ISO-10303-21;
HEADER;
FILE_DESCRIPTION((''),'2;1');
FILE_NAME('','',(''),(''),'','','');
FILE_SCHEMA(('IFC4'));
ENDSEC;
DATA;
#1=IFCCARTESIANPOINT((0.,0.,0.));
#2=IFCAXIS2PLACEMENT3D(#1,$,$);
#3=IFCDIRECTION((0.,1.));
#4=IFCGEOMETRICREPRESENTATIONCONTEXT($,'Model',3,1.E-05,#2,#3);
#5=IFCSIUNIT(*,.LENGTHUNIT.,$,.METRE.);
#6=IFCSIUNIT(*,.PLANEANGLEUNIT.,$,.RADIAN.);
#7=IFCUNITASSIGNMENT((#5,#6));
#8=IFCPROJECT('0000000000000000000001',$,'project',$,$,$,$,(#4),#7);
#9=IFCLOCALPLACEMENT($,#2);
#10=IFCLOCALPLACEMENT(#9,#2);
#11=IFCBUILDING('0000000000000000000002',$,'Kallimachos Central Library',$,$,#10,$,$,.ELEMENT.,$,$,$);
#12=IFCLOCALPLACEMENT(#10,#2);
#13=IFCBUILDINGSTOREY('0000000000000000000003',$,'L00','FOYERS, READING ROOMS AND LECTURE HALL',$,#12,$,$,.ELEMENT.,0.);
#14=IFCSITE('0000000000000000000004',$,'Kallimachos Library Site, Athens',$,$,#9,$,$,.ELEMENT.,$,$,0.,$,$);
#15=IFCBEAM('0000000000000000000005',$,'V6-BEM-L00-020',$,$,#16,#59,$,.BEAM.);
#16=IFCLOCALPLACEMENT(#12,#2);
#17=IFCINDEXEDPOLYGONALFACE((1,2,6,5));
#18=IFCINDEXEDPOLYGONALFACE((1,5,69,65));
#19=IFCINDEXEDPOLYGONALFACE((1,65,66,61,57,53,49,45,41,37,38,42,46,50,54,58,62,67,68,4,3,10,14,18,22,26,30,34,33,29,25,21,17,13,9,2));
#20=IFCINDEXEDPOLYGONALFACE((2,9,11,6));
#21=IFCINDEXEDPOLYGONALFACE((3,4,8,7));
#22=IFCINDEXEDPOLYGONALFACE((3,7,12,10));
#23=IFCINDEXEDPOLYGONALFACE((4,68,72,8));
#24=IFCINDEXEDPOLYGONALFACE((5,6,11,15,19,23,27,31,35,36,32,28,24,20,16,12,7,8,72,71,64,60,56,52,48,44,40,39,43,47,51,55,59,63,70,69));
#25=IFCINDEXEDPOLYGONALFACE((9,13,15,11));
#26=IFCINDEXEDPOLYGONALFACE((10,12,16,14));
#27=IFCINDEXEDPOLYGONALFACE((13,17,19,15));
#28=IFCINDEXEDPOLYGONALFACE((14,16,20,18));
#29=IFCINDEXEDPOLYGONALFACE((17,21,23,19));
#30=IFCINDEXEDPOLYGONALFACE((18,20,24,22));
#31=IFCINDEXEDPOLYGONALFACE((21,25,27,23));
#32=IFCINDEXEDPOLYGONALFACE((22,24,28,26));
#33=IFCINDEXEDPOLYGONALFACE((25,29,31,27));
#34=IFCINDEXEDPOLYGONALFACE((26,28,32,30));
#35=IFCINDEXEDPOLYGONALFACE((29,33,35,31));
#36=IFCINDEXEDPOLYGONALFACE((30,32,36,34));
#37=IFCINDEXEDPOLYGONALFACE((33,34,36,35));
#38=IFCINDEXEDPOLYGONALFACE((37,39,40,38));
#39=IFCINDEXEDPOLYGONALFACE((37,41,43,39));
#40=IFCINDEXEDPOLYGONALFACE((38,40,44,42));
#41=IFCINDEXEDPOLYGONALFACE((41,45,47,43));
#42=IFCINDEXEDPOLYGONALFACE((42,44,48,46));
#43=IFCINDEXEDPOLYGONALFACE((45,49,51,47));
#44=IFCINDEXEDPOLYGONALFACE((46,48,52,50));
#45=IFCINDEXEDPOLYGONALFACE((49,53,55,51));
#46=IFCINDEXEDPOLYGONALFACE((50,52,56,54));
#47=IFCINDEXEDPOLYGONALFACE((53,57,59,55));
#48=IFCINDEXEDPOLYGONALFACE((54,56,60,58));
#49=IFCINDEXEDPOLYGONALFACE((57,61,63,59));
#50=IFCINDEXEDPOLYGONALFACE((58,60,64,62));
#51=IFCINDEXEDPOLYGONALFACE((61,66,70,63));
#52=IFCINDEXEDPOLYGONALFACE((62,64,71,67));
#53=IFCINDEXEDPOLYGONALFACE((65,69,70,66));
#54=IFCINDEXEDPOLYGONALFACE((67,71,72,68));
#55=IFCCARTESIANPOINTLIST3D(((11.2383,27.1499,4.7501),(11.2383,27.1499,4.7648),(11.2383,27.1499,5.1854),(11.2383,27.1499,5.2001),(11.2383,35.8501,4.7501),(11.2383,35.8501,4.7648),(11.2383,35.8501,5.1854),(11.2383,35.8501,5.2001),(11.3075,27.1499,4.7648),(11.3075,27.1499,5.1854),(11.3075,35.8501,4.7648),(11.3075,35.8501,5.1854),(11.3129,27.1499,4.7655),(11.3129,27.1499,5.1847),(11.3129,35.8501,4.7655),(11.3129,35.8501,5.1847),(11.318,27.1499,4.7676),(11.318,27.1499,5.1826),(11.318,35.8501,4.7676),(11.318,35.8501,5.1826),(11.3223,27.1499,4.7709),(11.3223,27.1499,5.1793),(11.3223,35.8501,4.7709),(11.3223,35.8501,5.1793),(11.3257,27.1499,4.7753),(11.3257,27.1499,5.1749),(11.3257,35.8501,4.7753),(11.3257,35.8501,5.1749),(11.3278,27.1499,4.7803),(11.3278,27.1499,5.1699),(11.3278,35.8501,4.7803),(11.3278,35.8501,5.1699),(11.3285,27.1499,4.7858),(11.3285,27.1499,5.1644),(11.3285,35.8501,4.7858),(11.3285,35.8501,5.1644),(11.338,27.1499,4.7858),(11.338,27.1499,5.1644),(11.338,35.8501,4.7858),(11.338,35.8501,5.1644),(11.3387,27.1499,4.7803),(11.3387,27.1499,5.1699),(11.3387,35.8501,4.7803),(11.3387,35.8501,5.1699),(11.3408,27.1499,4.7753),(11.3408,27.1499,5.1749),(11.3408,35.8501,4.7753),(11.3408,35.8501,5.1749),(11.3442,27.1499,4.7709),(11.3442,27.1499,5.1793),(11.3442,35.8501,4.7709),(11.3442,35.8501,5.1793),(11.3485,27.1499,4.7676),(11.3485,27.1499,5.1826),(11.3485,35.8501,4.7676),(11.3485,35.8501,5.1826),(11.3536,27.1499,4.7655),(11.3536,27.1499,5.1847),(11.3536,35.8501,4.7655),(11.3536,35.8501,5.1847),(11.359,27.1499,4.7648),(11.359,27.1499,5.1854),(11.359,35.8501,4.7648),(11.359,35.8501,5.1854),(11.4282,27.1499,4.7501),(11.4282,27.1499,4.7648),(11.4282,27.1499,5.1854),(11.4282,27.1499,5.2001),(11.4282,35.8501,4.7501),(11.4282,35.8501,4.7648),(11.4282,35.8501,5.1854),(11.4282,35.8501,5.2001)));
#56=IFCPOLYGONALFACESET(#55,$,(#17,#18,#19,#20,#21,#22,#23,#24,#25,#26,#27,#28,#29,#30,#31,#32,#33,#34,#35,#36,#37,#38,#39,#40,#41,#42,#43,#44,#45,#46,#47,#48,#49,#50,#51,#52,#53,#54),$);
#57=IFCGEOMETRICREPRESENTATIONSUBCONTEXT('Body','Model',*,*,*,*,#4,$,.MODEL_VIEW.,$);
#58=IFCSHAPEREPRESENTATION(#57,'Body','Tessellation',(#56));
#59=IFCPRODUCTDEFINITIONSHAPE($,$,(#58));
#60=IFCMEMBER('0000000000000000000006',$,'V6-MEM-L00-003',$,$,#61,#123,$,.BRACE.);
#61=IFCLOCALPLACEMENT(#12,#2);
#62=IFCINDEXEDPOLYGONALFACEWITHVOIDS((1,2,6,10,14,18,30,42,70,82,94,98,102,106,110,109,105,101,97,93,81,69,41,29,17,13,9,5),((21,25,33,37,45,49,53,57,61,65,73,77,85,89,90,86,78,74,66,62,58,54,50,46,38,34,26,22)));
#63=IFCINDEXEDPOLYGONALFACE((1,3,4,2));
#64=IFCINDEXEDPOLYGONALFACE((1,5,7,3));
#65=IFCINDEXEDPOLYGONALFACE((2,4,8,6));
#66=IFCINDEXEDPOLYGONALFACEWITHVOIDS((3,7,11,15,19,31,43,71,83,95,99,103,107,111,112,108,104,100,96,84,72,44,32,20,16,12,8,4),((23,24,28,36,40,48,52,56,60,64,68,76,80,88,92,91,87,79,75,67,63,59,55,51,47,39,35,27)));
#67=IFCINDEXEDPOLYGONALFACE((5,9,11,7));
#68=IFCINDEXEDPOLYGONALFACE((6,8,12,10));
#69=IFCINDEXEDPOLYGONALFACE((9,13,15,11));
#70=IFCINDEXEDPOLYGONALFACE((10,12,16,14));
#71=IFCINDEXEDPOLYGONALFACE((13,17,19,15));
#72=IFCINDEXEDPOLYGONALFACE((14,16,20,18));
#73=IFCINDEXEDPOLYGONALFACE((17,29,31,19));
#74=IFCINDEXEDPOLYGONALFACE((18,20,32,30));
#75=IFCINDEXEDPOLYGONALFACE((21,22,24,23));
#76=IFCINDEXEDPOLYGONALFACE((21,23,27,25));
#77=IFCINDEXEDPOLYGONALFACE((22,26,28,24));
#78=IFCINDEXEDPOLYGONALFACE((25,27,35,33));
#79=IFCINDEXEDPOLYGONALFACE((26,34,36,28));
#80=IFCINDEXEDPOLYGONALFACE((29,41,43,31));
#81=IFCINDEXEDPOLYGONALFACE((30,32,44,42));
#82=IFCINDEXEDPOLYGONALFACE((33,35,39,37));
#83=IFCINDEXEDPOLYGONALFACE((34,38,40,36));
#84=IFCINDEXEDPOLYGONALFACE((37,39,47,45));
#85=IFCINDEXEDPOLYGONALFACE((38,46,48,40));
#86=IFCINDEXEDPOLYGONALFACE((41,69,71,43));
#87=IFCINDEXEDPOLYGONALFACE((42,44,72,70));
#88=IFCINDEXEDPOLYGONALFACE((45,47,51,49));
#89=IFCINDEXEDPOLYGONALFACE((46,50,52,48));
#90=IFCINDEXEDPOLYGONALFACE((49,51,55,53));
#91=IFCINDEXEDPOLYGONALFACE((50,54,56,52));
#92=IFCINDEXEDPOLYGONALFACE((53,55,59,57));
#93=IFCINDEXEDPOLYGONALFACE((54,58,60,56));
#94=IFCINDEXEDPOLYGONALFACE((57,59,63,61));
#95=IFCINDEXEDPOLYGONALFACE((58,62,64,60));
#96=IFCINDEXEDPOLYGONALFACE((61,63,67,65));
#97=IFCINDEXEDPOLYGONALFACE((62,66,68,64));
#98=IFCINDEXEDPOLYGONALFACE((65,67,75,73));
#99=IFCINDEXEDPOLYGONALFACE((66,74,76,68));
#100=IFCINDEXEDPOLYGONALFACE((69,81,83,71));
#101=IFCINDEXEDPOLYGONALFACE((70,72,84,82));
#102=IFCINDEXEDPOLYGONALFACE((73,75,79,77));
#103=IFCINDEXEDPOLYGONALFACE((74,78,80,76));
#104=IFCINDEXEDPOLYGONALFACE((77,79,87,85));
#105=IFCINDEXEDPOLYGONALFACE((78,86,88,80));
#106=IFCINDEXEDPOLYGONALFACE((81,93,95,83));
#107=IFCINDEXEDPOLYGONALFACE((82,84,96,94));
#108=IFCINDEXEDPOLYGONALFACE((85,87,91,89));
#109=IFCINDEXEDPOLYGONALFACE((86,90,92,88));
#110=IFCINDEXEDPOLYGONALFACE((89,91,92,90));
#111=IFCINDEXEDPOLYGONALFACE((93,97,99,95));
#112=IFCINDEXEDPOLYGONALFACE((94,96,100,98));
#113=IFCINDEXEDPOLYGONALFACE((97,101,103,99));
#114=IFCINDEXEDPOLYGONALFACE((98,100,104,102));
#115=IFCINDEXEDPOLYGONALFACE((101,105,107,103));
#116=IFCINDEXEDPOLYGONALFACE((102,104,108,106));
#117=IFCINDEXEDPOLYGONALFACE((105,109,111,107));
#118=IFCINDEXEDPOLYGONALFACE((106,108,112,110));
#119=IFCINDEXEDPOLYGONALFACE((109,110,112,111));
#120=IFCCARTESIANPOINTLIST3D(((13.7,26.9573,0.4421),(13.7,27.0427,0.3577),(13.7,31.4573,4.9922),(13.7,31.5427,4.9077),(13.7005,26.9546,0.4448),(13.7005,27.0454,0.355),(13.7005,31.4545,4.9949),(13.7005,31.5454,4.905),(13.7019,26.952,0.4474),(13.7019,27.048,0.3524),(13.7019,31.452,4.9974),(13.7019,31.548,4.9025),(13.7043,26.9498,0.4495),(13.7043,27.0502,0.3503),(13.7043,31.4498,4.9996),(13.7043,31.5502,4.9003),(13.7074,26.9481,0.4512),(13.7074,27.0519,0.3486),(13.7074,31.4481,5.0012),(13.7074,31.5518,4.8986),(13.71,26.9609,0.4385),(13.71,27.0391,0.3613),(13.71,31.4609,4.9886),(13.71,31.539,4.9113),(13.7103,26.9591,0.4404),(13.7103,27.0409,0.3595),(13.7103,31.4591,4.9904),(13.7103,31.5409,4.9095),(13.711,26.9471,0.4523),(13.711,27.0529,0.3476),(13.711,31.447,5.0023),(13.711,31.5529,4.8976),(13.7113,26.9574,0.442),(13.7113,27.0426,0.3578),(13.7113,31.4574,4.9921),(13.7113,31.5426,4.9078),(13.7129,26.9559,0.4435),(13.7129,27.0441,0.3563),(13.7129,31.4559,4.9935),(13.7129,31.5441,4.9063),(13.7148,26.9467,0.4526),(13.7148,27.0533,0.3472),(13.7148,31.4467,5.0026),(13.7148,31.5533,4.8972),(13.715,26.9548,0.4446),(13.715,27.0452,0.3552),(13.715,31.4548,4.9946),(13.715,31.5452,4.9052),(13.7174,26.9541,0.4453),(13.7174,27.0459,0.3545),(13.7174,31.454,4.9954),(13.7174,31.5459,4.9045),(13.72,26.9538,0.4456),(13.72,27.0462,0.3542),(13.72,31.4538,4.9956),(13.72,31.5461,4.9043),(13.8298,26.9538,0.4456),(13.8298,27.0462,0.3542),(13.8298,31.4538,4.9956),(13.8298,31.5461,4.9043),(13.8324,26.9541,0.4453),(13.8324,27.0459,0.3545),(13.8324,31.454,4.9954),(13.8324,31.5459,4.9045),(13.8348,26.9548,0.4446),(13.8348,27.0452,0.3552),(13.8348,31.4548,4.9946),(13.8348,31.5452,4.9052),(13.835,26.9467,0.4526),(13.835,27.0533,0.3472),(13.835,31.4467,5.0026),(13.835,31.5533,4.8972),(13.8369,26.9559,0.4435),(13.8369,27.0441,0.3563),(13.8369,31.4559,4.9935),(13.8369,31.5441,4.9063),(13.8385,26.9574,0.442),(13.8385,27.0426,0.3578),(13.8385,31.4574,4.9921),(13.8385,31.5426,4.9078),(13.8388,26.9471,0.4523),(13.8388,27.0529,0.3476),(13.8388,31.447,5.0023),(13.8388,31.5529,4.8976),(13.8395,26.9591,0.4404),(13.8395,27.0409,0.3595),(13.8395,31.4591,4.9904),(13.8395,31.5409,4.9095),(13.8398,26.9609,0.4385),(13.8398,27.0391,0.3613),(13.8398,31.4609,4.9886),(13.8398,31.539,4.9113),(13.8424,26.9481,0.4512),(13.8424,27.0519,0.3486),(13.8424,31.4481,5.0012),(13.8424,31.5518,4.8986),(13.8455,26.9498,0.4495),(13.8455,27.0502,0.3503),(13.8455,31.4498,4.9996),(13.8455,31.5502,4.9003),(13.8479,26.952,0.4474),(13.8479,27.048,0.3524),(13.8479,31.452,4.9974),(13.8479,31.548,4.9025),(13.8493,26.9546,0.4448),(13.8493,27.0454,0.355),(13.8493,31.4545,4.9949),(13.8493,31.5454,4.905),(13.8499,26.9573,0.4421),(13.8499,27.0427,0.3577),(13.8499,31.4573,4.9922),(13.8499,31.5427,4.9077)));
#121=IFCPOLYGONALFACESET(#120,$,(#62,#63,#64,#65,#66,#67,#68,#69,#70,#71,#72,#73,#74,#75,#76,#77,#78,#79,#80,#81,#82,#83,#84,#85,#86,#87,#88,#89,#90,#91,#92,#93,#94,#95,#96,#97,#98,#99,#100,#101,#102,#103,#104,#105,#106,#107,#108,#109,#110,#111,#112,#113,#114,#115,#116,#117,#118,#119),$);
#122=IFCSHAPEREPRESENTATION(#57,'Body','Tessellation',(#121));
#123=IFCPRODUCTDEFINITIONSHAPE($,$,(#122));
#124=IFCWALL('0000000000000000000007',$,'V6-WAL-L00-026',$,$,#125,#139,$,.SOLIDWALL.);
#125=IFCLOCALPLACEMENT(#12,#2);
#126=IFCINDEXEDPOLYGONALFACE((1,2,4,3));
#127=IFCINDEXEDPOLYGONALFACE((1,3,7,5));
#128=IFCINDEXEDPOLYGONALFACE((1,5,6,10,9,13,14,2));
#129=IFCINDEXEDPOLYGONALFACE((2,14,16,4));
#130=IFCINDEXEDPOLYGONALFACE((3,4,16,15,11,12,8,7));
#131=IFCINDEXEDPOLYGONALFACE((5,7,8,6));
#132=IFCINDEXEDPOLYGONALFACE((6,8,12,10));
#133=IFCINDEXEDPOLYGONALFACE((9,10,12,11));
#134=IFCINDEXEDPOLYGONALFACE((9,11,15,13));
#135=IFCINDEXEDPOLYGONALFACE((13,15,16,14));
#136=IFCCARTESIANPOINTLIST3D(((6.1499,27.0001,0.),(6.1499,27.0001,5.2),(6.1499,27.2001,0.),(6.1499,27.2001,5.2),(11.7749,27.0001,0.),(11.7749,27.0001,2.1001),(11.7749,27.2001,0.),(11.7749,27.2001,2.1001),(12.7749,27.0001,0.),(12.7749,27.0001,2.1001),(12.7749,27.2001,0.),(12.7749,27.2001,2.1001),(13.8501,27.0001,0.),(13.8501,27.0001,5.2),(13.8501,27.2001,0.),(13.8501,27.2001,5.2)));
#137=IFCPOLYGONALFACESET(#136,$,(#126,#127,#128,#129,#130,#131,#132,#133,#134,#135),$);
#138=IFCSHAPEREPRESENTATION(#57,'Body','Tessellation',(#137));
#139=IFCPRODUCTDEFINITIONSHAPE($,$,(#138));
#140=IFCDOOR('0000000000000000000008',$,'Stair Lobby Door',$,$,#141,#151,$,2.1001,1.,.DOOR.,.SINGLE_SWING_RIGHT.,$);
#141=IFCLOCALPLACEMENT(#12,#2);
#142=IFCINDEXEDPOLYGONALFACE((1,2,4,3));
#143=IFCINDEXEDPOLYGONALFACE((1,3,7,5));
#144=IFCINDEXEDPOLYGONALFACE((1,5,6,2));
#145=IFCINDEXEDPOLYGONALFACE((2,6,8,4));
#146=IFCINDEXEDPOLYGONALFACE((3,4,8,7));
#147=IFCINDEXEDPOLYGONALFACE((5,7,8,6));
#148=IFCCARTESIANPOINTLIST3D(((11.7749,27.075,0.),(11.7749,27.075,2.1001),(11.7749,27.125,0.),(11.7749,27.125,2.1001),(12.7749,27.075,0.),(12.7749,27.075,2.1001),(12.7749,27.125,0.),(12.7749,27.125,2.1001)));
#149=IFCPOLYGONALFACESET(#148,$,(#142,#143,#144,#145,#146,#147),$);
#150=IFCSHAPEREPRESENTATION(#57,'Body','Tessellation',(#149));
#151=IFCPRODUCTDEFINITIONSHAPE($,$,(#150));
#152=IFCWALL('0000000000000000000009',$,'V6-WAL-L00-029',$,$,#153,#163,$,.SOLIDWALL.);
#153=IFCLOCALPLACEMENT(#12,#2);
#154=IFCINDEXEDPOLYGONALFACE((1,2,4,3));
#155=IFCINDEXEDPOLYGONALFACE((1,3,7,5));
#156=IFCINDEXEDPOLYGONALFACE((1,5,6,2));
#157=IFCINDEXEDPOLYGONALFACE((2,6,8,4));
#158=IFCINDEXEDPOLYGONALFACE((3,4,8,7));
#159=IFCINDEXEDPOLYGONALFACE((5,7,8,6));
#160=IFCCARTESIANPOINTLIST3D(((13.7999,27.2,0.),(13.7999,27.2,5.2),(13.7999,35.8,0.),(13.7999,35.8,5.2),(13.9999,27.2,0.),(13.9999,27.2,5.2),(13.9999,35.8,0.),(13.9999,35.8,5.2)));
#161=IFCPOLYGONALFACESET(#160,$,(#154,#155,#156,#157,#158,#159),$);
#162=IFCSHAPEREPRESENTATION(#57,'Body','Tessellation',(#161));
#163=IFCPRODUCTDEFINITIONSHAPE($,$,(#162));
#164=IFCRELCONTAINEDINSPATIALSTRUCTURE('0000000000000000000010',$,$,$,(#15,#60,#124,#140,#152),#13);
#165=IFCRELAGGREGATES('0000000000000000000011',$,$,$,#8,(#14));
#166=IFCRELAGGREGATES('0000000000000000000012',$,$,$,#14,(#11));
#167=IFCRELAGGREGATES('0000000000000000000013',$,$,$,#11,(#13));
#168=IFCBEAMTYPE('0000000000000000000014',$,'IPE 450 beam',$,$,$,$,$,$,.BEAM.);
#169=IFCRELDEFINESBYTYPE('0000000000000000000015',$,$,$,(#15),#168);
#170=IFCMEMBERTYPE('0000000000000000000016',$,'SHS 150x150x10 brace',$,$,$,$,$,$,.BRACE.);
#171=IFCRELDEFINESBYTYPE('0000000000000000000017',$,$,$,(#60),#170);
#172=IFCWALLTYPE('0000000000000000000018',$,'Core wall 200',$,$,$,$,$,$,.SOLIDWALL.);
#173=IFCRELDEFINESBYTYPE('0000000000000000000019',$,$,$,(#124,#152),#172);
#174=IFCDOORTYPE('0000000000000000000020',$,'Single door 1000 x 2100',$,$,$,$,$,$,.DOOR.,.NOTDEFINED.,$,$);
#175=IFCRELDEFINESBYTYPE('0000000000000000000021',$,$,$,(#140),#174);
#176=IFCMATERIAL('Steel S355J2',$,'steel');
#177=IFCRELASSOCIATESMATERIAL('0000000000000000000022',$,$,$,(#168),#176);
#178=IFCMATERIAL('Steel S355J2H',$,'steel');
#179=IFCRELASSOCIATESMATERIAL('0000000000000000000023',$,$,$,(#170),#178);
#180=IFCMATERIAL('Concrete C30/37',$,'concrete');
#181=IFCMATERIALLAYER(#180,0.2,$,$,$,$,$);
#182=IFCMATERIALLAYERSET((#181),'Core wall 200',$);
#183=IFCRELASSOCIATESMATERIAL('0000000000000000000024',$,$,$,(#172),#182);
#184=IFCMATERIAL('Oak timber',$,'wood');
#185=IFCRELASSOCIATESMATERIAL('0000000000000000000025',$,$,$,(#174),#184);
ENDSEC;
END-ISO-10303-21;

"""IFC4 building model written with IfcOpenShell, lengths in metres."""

from ifc_helpers import new_model, si_unit, direction, frame, frame_2d, origin, origin_2d, place, context, subcontext, project, spatial, rectangle, hollow_rectangle, i_section, extrude, material, layer, layer_set, material_profile, profile_set, type_object, element, fill, save


model = new_model("IFC4")

# Units and contexts
model_context = context("Model", 3, precision=1e-05, world=origin(), true_north=direction((0.0, 1.0)))
body_context = subcontext(model_context, "Body", "Model", "MODEL_VIEW")
ifc_project = project(units=[si_unit("LENGTHUNIT", "METRE"), si_unit("PLANEANGLEUNIT", "RADIAN")], contexts=[model_context])

# Site, building, storey
site_placement = place(None, origin())
site = spatial("IfcSite", under=ifc_project, at=site_placement, Name="Kallimachos Library Site, Athens", CompositionType="ELEMENT", RefElevation=0.0)
building_placement = place(site_placement, origin())
building = spatial("IfcBuilding", under=site, at=building_placement, Name="Kallimachos Central Library", CompositionType="ELEMENT")
storey_placement = place(building_placement, origin())
storey = spatial("IfcBuildingStorey", under=building, at=storey_placement, Name="L00", Description="FOYERS, READING ROOMS AND LECTURE HALL", CompositionType="ELEMENT", Elevation=0.0)

# Beam
ifc_material_1 = material(Name="Steel S355J2", Category="steel")
ifc_material_profile_1 = material_profile(ifc_material_1, i_section(OverallWidth=0.1899, OverallDepth=0.45, WebThickness=0.0095, FlangeThickness=0.0146, FilletRadius=0.021, at=origin_2d()), Name="IPE 450")
ifc_profile_set_1 = profile_set([ifc_material_profile_1], Name="Steel S355J2")
beam_type_1 = type_object("IfcBeamType", Name="IPE 450 beam", PredefinedType="BEAM", material=ifc_profile_set_1)
beam_1_placement = place(storey_placement, frame((11.3333, 27.1499, 4.9751), z_axis=(0.0, 1.0, 0.0), x_axis=(-1.0, 0.0, 0.0)))
element("IfcBeam", 1, at=beam_1_placement, inside=storey, type_object=beam_type_1, Name="V6-BEM-L00-020", PredefinedType="BEAM", context=body_context, shape_type="SweptSolid", body=[
    extrude(i_section(OverallWidth=0.1899, OverallDepth=0.45, WebThickness=0.0095, FlangeThickness=0.0146, FilletRadius=0.021, at=origin_2d()), origin(), (0.0, 0.0, 1.0), 8.7002),
])

# Member
ifc_material_2 = material(Name="Steel S355J2H", Category="steel")
ifc_material_profile_2 = material_profile(ifc_material_2, hollow_rectangle(XDim=0.1499, YDim=0.1499, WallThickness=0.01, InnerFilletRadius=0.01, OuterFilletRadius=0.0149, at=origin_2d()), Name="SHS 150x150x10")
ifc_profile_set_2 = profile_set([ifc_material_profile_2], Name="Steel S355J2H")
member_type = type_object("IfcMemberType", Name="SHS 150x150x10 brace", PredefinedType="BRACE", material=ifc_profile_set_2)
member_placement = place(storey_placement, frame((13.7749, 27.0, 0.3999), z_axis=(0.0, 0.703186, 0.711006), x_axis=(-1.0, 0.0, 0.0)))
element("IfcMember", 2, at=member_placement, inside=storey, type_object=member_type, Name="V6-MEM-L00-003", PredefinedType="BRACE", context=body_context, shape_type="SweptSolid", body=[
    extrude(hollow_rectangle(XDim=0.1499, YDim=0.1499, WallThickness=0.01, InnerFilletRadius=0.01, OuterFilletRadius=0.0149, at=origin_2d()), origin(), (0.0, 0.0, 1.0), 6.3994),
])

# Wall, opening, door
ifc_material_3 = material(Name="Concrete C30/37", Category="concrete")
ifc_layer_1 = layer(ifc_material_3, 0.2)
ifc_layer_set_1 = layer_set([ifc_layer_1], Name="Core wall 200")
wall_type_1 = type_object("IfcWallType", Name="Core wall 200", PredefinedType="SOLIDWALL", material=ifc_layer_set_1)
wall_1_placement = place(storey_placement, frame((6.1499, 27.1001, 0.0), z_axis=(0.0, 0.0, 1.0), x_axis=(1.0, 0.0, 0.0)))
wall_1 = element("IfcWall", 3, at=wall_1_placement, inside=storey, type_object=wall_type_1, Name="V6-WAL-L00-026", PredefinedType="SOLIDWALL", context=body_context, shape_type="SweptSolid", body=[
    extrude(rectangle(XDim=7.7002, YDim=0.2, at=frame_2d((3.8501, 0.0))), origin(), (0.0, 0.0, 1.0), 5.2),
])
opening_1_placement = place(wall_1_placement, frame((5.625, 0.0, 0.0)))
opening_1 = element("IfcOpeningElement", 4, at=opening_1_placement, cuts=wall_1, PredefinedType="OPENING", context=body_context, shape_type="SweptSolid", body=[
    extrude(rectangle(XDim=1.0, YDim=2.1001, at=frame_2d((0.5, 1.05))), frame((0.0, 0.1099, 0.0), z_axis=(0.0, -1.0, 0.0), x_axis=(1.0, 0.0, 0.0)), (0.0, 0.0, 1.0), 0.22),
])
ifc_material_4 = material(Name="Oak timber", Category="wood")
door_type = type_object("IfcDoorType", Name="Single door 1000 x 2100", OperationType="NOTDEFINED", PredefinedType="DOOR", material=ifc_material_4)
door_1_placement = place(opening_1_placement, origin())
door_1 = element("IfcDoor", 5, at=door_1_placement, inside=storey, type_object=door_type, Name="Stair Lobby Door", OperationType="SINGLE_SWING_RIGHT", OverallHeight=2.1001, OverallWidth=1.0, PredefinedType="DOOR", context=body_context, shape_type="SweptSolid", body=[
    extrude(rectangle(XDim=1.0, YDim=2.1001, at=frame_2d((0.5, 1.05))), frame((0.0, 0.0249, 0.0), z_axis=(0.0, -1.0, 0.0), x_axis=(1.0, 0.0, 0.0)), (0.0, 0.0, 1.0), 0.05),
])
fill(opening_1, door_1)

# Wall
wall_2_placement = place(storey_placement, frame((13.8999, 27.2, 0.0), z_axis=(0.0, 0.0, 1.0), x_axis=(0.0, 1.0, 0.0)))
element("IfcWall", 6, at=wall_2_placement, inside=storey, type_object=wall_type_1, Name="V6-WAL-L00-029", PredefinedType="SOLIDWALL", context=body_context, shape_type="SweptSolid", body=[
    extrude(rectangle(XDim=8.6001, YDim=0.2, at=frame_2d((4.3, 0.0))), origin(), (0.0, 0.0, 1.0), 5.2),
])

save(model, "model.ifc")
